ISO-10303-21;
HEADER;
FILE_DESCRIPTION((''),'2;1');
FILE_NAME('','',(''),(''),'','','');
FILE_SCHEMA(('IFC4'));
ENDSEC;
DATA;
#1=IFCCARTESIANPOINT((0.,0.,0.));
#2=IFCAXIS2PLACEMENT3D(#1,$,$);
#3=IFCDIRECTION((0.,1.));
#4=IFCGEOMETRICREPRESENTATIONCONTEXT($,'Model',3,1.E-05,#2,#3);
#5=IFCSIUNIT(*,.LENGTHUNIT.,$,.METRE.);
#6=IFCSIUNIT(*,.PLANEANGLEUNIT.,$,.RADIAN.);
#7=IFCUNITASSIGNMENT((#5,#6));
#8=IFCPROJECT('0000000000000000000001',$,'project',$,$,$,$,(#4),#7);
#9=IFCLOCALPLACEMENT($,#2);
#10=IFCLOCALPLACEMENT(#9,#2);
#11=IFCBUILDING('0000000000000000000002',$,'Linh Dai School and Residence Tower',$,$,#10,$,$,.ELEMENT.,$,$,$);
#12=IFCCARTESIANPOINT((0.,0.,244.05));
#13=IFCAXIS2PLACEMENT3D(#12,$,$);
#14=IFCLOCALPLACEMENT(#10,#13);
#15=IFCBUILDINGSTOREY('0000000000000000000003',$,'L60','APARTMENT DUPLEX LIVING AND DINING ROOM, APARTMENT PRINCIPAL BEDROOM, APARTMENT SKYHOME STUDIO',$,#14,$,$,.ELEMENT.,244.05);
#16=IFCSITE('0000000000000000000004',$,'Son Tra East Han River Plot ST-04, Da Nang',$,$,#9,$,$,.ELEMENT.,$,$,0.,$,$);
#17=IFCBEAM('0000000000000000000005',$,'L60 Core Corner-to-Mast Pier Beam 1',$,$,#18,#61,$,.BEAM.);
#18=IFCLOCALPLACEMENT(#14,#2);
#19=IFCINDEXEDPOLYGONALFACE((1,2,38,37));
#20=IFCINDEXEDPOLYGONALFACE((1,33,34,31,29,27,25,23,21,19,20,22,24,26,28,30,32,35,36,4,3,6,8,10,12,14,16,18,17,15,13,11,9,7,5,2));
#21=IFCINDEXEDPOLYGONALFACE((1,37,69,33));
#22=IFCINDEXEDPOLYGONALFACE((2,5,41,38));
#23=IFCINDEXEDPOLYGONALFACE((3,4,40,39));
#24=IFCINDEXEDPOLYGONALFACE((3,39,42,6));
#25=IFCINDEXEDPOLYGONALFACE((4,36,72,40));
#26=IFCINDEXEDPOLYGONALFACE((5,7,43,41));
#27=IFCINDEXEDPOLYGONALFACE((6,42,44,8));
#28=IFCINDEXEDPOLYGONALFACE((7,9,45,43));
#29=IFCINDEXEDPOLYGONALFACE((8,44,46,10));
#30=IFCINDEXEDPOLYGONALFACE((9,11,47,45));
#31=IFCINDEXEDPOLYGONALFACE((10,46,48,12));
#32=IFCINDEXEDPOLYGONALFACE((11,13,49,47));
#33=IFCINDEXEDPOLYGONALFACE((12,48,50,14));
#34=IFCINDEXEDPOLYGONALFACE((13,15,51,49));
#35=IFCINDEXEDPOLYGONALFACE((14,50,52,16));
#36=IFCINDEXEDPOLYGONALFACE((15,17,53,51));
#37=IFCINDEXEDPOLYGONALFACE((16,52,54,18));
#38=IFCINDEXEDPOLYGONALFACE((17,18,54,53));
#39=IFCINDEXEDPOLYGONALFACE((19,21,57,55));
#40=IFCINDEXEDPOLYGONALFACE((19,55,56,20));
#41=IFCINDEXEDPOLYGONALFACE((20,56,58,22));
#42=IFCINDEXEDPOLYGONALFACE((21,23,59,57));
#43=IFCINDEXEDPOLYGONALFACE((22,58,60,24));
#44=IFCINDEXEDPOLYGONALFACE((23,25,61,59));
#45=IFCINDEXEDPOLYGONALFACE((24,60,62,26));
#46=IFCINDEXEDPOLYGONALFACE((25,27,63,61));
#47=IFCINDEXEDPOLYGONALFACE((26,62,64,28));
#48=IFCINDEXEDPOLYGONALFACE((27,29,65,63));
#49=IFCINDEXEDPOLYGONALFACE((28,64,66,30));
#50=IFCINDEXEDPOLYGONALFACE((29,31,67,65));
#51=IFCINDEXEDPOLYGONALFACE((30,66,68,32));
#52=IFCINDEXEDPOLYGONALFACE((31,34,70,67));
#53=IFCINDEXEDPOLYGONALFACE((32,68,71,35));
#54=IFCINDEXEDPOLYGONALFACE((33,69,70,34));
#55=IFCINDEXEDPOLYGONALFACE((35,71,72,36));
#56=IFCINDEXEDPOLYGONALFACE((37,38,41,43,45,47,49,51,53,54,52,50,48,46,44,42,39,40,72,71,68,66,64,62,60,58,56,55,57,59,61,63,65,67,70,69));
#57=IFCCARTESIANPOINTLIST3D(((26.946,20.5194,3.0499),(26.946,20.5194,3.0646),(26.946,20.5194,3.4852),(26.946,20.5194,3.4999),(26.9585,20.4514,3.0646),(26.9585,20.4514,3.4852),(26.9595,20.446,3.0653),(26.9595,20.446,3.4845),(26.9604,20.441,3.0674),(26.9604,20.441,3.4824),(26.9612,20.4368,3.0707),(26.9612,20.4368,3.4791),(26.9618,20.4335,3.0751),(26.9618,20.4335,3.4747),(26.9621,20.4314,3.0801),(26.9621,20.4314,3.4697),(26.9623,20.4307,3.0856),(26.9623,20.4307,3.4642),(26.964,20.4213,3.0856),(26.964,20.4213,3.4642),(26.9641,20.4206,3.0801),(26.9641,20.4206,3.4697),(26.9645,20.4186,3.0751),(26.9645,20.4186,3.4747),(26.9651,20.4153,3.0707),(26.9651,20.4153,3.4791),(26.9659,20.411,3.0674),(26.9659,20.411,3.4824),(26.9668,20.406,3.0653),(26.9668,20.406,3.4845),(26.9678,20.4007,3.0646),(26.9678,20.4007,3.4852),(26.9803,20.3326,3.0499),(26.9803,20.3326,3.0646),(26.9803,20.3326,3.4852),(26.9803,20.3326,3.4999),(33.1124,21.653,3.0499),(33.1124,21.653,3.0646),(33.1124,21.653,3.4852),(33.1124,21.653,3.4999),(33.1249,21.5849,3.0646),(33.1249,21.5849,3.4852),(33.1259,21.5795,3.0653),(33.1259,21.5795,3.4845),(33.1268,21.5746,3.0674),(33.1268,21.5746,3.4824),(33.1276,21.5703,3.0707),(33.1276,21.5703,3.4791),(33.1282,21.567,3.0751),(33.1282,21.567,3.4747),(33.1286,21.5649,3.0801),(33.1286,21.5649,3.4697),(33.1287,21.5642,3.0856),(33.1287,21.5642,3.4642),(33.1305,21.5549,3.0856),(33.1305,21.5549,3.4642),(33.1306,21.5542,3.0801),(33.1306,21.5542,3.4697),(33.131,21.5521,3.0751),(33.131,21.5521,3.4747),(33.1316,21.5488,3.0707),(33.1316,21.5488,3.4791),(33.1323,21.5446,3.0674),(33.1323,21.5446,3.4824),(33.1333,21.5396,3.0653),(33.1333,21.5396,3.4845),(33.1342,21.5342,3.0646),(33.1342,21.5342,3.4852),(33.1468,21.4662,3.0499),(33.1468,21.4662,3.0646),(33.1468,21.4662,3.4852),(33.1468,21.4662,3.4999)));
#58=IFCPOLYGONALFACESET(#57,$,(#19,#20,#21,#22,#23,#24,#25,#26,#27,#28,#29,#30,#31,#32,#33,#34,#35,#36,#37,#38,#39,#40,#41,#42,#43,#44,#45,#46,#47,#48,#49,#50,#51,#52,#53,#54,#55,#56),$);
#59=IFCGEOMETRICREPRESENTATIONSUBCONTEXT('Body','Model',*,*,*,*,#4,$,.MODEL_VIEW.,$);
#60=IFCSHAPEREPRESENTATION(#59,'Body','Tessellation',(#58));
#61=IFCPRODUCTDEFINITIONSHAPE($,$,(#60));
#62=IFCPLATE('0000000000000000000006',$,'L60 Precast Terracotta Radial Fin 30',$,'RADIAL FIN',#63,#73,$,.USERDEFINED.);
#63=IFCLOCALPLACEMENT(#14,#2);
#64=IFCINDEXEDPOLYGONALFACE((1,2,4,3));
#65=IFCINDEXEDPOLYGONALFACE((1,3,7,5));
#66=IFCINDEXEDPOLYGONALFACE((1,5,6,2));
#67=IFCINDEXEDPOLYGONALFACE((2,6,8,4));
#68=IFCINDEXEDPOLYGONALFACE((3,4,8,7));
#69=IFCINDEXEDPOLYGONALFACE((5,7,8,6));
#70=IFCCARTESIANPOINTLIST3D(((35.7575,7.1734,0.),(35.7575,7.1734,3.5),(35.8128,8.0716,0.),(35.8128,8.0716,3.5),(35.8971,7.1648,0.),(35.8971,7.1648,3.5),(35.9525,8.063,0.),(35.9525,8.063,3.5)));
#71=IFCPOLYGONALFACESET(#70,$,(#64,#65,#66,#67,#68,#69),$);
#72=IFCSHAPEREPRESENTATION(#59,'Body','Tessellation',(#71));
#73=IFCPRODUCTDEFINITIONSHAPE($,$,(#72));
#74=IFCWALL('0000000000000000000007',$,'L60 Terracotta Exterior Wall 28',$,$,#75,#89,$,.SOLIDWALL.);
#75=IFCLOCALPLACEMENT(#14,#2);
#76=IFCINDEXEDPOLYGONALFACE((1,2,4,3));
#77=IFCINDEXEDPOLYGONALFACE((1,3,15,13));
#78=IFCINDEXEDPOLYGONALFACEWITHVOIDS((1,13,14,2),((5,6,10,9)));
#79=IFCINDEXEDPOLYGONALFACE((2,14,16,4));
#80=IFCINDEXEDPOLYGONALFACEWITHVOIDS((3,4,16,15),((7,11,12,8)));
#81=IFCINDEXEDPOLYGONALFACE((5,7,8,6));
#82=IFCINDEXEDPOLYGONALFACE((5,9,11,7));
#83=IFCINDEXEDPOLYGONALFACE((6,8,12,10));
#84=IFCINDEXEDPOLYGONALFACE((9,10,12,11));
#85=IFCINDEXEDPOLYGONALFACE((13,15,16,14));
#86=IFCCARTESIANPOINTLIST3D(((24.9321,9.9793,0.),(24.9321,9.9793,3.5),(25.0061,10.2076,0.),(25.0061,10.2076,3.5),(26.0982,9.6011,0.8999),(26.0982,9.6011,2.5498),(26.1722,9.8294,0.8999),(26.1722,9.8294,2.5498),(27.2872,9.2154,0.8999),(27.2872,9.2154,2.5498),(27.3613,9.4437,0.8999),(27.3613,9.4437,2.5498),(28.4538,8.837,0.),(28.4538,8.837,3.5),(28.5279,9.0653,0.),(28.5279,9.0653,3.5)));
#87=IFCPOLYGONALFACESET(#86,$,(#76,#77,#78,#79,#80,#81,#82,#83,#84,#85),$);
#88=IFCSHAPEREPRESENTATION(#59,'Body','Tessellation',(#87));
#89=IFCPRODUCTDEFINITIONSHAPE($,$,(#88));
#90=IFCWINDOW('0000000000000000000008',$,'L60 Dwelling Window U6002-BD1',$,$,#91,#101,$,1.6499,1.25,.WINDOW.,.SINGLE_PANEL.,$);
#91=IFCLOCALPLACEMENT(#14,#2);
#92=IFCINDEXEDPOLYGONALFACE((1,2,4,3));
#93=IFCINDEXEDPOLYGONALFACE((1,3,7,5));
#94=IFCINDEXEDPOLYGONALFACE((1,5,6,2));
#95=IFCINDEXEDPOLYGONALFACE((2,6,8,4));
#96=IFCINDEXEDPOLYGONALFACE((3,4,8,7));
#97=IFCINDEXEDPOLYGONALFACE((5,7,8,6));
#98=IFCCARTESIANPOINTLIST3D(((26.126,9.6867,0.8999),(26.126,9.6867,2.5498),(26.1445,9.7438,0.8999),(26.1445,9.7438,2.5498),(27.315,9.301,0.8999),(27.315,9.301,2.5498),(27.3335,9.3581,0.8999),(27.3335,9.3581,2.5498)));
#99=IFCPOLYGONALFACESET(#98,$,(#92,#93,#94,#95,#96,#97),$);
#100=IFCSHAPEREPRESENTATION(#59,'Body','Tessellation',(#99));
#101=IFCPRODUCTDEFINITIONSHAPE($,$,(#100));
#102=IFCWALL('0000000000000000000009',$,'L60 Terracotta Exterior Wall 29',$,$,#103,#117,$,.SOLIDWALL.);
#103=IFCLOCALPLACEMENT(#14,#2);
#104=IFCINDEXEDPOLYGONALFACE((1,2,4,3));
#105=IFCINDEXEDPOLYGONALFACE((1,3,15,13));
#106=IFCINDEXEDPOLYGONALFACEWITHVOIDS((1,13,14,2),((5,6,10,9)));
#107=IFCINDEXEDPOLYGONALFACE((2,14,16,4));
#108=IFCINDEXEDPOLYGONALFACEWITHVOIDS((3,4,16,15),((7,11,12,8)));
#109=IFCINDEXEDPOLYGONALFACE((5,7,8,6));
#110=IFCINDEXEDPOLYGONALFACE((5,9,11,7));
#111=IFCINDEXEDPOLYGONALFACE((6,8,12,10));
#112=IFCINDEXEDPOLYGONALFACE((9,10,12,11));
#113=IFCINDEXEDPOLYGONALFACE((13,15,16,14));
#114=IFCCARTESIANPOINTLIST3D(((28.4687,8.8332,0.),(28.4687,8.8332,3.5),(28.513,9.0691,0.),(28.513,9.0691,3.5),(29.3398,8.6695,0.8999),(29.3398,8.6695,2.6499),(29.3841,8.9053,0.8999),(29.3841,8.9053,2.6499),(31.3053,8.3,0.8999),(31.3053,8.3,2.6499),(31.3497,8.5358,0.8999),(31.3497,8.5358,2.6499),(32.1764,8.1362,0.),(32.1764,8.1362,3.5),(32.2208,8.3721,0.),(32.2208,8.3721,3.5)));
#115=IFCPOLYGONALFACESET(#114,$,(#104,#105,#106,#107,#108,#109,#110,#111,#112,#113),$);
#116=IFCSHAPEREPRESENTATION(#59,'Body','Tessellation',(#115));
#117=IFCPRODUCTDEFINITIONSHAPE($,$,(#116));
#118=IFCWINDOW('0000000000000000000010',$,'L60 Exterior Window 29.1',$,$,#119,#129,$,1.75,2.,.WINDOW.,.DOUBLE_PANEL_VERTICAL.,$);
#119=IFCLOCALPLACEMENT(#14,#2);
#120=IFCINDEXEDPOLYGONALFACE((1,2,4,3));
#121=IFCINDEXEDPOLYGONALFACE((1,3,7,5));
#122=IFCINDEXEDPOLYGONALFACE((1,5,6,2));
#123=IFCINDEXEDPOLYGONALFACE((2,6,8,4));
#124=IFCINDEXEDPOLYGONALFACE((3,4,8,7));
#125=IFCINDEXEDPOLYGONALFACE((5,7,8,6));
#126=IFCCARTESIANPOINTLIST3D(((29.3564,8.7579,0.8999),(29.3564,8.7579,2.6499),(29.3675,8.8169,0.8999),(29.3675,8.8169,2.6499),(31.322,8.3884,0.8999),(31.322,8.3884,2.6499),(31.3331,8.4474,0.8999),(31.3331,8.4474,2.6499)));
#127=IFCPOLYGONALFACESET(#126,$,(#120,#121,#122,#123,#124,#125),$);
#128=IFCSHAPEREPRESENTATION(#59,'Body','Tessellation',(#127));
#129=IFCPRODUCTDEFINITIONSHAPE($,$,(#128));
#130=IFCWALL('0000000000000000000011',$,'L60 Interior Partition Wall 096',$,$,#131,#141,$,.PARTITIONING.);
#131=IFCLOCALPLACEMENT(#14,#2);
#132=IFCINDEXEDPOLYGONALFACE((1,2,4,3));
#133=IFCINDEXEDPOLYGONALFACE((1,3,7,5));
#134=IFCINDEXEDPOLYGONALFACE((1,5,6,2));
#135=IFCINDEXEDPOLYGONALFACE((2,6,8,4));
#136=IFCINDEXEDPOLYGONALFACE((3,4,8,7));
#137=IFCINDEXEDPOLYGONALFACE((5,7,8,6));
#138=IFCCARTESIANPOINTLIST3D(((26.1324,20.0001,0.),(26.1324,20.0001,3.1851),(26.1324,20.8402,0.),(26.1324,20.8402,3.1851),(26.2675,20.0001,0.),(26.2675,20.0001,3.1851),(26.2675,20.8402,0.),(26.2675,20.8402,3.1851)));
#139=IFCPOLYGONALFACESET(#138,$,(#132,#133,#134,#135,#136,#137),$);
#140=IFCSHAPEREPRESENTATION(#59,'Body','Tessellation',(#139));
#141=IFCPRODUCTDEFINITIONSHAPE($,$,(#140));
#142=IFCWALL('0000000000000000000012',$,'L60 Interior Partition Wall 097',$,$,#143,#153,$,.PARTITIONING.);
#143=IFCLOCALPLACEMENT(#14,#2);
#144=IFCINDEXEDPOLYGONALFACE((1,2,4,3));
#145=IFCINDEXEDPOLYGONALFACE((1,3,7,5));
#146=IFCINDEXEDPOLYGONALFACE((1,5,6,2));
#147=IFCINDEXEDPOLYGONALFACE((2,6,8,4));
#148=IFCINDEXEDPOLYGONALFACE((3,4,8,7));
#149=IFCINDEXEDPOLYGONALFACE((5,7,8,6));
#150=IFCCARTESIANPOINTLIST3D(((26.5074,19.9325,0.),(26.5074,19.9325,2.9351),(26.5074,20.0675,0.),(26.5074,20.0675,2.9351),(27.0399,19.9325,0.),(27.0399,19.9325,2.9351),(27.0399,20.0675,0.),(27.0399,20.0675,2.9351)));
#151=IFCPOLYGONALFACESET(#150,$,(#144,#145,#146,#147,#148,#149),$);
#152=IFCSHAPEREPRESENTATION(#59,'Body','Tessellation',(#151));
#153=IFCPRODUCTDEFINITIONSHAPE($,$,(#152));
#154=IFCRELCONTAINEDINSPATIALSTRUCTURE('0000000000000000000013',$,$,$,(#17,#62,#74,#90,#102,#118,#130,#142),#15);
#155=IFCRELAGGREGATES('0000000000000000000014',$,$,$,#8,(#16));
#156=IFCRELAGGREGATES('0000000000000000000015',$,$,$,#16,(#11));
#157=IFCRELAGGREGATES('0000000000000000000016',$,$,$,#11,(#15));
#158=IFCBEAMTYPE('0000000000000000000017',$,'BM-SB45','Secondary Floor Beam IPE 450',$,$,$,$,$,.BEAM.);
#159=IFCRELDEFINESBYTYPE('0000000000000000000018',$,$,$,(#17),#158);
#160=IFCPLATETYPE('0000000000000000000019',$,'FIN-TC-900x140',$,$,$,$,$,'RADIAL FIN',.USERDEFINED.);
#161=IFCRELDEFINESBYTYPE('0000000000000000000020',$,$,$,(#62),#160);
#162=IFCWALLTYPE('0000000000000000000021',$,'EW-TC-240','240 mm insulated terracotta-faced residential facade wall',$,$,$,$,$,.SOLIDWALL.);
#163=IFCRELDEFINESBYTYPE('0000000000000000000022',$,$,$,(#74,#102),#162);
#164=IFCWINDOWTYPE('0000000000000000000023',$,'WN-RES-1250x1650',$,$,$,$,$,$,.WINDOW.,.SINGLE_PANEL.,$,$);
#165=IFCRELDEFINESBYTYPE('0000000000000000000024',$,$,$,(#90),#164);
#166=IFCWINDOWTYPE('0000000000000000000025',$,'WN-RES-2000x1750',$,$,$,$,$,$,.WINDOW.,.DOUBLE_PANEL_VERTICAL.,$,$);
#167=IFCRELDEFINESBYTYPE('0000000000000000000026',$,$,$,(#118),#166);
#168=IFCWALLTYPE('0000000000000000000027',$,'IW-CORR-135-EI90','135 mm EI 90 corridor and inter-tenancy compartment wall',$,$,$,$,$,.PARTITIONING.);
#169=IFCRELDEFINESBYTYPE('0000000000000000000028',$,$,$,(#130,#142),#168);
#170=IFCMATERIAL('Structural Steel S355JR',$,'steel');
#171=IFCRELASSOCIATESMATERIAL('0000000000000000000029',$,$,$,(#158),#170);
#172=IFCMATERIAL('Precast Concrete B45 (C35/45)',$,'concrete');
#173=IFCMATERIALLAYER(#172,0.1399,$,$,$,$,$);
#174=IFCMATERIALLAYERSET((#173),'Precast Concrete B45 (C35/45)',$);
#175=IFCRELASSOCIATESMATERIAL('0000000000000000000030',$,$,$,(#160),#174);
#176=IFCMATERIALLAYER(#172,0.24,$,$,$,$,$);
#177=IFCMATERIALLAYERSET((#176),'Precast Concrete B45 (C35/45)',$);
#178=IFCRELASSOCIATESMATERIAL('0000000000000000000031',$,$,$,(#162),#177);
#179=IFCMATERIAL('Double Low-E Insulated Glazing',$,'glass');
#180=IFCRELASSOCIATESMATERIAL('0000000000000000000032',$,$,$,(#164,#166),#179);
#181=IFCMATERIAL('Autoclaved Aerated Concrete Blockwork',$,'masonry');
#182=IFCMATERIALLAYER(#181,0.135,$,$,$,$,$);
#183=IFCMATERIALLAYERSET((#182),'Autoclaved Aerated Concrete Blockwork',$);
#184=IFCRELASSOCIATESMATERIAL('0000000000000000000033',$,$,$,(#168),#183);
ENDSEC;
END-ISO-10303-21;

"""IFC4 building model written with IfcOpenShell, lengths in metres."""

from ifc_helpers import new_model, si_unit, direction, frame, frame_2d, origin, origin_2d, place, context, subcontext, project, spatial, rectangle, i_section, extrude, source, transform, mapped, material, layer, layer_set, material_profile, profile_set, type_object, element, fill, save


model = new_model("IFC4")

# Units and contexts
model_context = context("Model", 3, precision=1e-05, world=origin(), true_north=direction((0.0, 1.0)))
body_context = subcontext(model_context, "Body", "Model", "MODEL_VIEW")
ifc_project = project(units=[si_unit("LENGTHUNIT", "METRE"), si_unit("PLANEANGLEUNIT", "RADIAN")], contexts=[model_context])

# Site, building, storey
site_placement = place(None, origin())
site = spatial("IfcSite", under=ifc_project, at=site_placement, Name="Son Tra East Han River Plot ST-04, Da Nang", CompositionType="ELEMENT", RefElevation=0.0)
building_placement = place(site_placement, origin())
building = spatial("IfcBuilding", under=site, at=building_placement, Name="Linh Dai School and Residence Tower", CompositionType="ELEMENT")
storey_placement = place(building_placement, frame((0.0, 0.0, 244.05)))
storey = spatial("IfcBuildingStorey", under=building, at=storey_placement, Name="L60", Description="APARTMENT DUPLEX LIVING AND DINING ROOM, APARTMENT PRINCIPAL BEDROOM, APARTMENT SKYHOME STUDIO", CompositionType="ELEMENT", Elevation=244.05)

# Beam
ifc_material_1 = material(Name="Structural Steel S355JR", Category="steel")
ifc_material_profile_1 = material_profile(ifc_material_1, i_section(OverallWidth=0.1899, OverallDepth=0.45, WebThickness=0.0095, FlangeThickness=0.0146, FilletRadius=0.021, at=origin_2d()), Name="IPE 450")
ifc_profile_set_1 = profile_set([ifc_material_profile_1], Name="Structural Steel S355JR")
beam_type_1 = type_object("IfcBeamType", Name="BM-SB45", Description="Secondary Floor Beam IPE 450", PredefinedType="BEAM", material=ifc_profile_set_1)
beam_1_placement = place(storey_placement, frame((26.9631, 20.426, 3.2749), z_axis=(0.983521, 0.180794, 0.0), x_axis=(-0.180794, 0.983521, 0.0)))
element("IfcBeam", 1, at=beam_1_placement, inside=storey, type_object=beam_type_1, Name="L60 Core Corner-to-Mast Pier Beam 1", PredefinedType="BEAM", context=body_context, shape_type="SweptSolid", body=[
    extrude(i_section(OverallWidth=0.1899, OverallDepth=0.45, WebThickness=0.0095, FlangeThickness=0.0146, FilletRadius=0.021, at=origin_2d()), origin(), (0.0, 0.0, 1.0), 6.2698),
])

# Plate
ifc_material_2 = material(Name="Precast Concrete B45 (C35/45)", Category="concrete")
ifc_layer_1 = layer(ifc_material_2, 0.1399)
ifc_layer_set_1 = layer_set([ifc_layer_1], Name="Precast Concrete B45 (C35/45)")
plate_type = type_object("IfcPlateType", Name="FIN-TC-900x140", ElementType="RADIAL FIN", PredefinedType="USERDEFINED", material=ifc_layer_set_1)
shared_shape_1 = source(origin(), body_context, "Body", "SweptSolid", [
    extrude(rectangle(XDim=0.8999, YDim=0.1399, at=origin_2d()), origin(), (0.0, 0.0, 1.0), 3.5),
])
plate_placement = place(storey_placement, frame((35.855, 7.6182, 0.0), z_axis=(0.0, 0.0, 1.0), x_axis=(-0.061504, -0.998107, 0.0)))
element("IfcPlate", 2, at=plate_placement, inside=storey, type_object=plate_type, Name="L60 Precast Terracotta Radial Fin 30", ObjectType="RADIAL FIN", PredefinedType="USERDEFINED", context=body_context, shape_type="MappedRepresentation", body=[
    mapped(shared_shape_1, transform((0.0, 0.0, 0.0), x_axis=(1.0, 0.0, 0.0), y_axis=(0.0, 1.0, 0.0), z_axis=(0.0, 0.0, 1.0), scale=1.0)),
])

# Walls, openings, windows
ifc_layer_2 = layer(ifc_material_2, 0.24)
ifc_layer_set_2 = layer_set([ifc_layer_2], Name="Precast Concrete B45 (C35/45)")
wall_type_1 = type_object("IfcWallType", Name="EW-TC-240", Description="240 mm insulated terracotta-faced residential facade wall", PredefinedType="SOLIDWALL", material=ifc_layer_set_2)
wall_1_placement = place(storey_placement, frame((28.4907, 8.9512, 0.0), z_axis=(0.0, 0.0, 1.0), x_axis=(-0.951211, 0.308542, 0.0)))
wall_1 = element("IfcWall", 3, at=wall_1_placement, inside=storey, type_object=wall_type_1, Name="L60 Terracotta Exterior Wall 28", PredefinedType="SOLIDWALL", context=body_context, shape_type="SweptSolid", body=[
    extrude(rectangle(XDim=3.7024, YDim=0.24, at=frame_2d((1.8511, 0.0))), origin(), (0.0, 0.0, 1.0), 3.5),
])
opening_1_placement = place(wall_1_placement, frame((1.2263, 0.0, 0.8999)))
opening_1 = element("IfcOpeningElement", 4, at=opening_1_placement, cuts=wall_1, PredefinedType="OPENING", context=body_context, shape_type="SweptSolid", body=[
    extrude(rectangle(XDim=1.25, YDim=1.6499, at=origin_2d()), frame((0.625, 0.1299, 0.825), z_axis=(0.0, -1.0, 0.0), x_axis=(1.0, 0.0, 0.0)), (0.0, 0.0, 1.0), 0.26),
])
ifc_material_3 = material(Name="Double Low-E Insulated Glazing", Category="glass")
window_type_1 = type_object("IfcWindowType", Name="WN-RES-1250x1650", PartitioningType="SINGLE_PANEL", PredefinedType="WINDOW", material=ifc_material_3)
shared_shape_2 = source(origin(), body_context, "Body", "SweptSolid", [
    extrude(rectangle(XDim=1.25, YDim=1.6499, at=origin_2d()), frame((0.625, 0.03, 0.825), z_axis=(0.0, -1.0, 0.0), x_axis=(1.0, 0.0, 0.0)), (0.0, 0.0, 1.0), 0.0601),
])
window_1_placement = place(opening_1_placement, origin())
window_1 = element("IfcWindow", 5, at=window_1_placement, inside=storey, type_object=window_type_1, Name="L60 Dwelling Window U6002-BD1", OverallHeight=1.6499, OverallWidth=1.25, PartitioningType="SINGLE_PANEL", PredefinedType="WINDOW", context=body_context, shape_type="MappedRepresentation", body=[
    mapped(shared_shape_2, transform((0.0, 0.0, 0.0), x_axis=(1.0, 0.0, 0.0), y_axis=(0.0, 1.0, 0.0), z_axis=(0.0, 0.0, 1.0), scale=1.0)),
])
fill(opening_1, window_1)
wall_2_placement = place(storey_placement, frame((32.1985, 8.2542, 0.0), z_axis=(0.0, 0.0, 1.0), x_axis=(-0.982785, 0.184753, 0.0)))
wall_2 = element("IfcWall", 6, at=wall_2_placement, inside=storey, type_object=wall_type_1, Name="L60 Terracotta Exterior Wall 29", PredefinedType="SOLIDWALL", context=body_context, shape_type="SweptSolid", body=[
    extrude(rectangle(XDim=3.7727, YDim=0.24, at=frame_2d((1.8862, 0.0))), origin(), (0.0, 0.0, 1.0), 3.5),
])
opening_2_placement = place(wall_2_placement, frame((0.8862, 0.0, 0.8999)))
opening_2 = element("IfcOpeningElement", 7, at=opening_2_placement, cuts=wall_2, PredefinedType="OPENING", context=body_context, shape_type="SweptSolid", body=[
    extrude(rectangle(XDim=2.0, YDim=1.75, at=origin_2d()), frame((1.0, 0.1299, 0.875), z_axis=(0.0, -1.0, 0.0), x_axis=(1.0, 0.0, 0.0)), (0.0, 0.0, 1.0), 0.26),
])
window_type_2 = type_object("IfcWindowType", Name="WN-RES-2000x1750", PartitioningType="DOUBLE_PANEL_VERTICAL", PredefinedType="WINDOW", material=ifc_material_3)
shared_shape_3 = source(origin(), body_context, "Body", "SweptSolid", [
    extrude(rectangle(XDim=2.0, YDim=1.75, at=origin_2d()), frame((1.0, 0.03, 0.875), z_axis=(0.0, -1.0, 0.0), x_axis=(1.0, 0.0, 0.0)), (0.0, 0.0, 1.0), 0.0601),
])
window_2_placement = place(opening_2_placement, origin())
window_2 = element("IfcWindow", 8, at=window_2_placement, inside=storey, type_object=window_type_2, Name="L60 Exterior Window 29.1", OverallHeight=1.75, OverallWidth=2.0, PartitioningType="DOUBLE_PANEL_VERTICAL", PredefinedType="WINDOW", context=body_context, shape_type="MappedRepresentation", body=[
    mapped(shared_shape_3, transform((0.0, 0.0, 0.0), x_axis=(1.0, 0.0, 0.0), y_axis=(0.0, 1.0, 0.0), z_axis=(0.0, 0.0, 1.0), scale=1.0)),
])
fill(opening_2, window_2)

# Shared definitions
ifc_material_4 = material(Name="Autoclaved Aerated Concrete Blockwork", Category="masonry")
ifc_layer_3 = layer(ifc_material_4, 0.135)
ifc_layer_set_3 = layer_set([ifc_layer_3], Name="Autoclaved Aerated Concrete Blockwork")
wall_type_2 = type_object("IfcWallType", Name="IW-CORR-135-EI90", Description="135 mm EI 90 corridor and inter-tenancy compartment wall", PredefinedType="PARTITIONING", material=ifc_layer_set_3)

# Walls
wall_3_placement = place(storey_placement, frame((26.2, 20.8401, 0.0), z_axis=(0.0, 0.0, 1.0), x_axis=(0.0, -1.0, 0.0)))
element("IfcWall", 9, at=wall_3_placement, inside=storey, type_object=wall_type_2, Name="L60 Interior Partition Wall 096", PredefinedType="PARTITIONING", context=body_context, shape_type="SweptSolid", body=[
    extrude(rectangle(XDim=0.8401, YDim=0.135, at=frame_2d((0.4199, 0.0))), origin(), (0.0, 0.0, 1.0), 3.1851),
])
wall_4_placement = place(storey_placement, frame((26.5076, 20.0, 0.0), z_axis=(0.0, 0.0, 1.0), x_axis=(1.0, 0.0, 0.0)))
element("IfcWall", 10, at=wall_4_placement, inside=storey, type_object=wall_type_2, Name="L60 Interior Partition Wall 097", PredefinedType="PARTITIONING", context=body_context, shape_type="SweptSolid", body=[
    extrude(rectangle(XDim=0.5325, YDim=0.135, at=frame_2d((0.2661, 0.0))), origin(), (0.0, 0.0, 1.0), 2.9351),
])

save(model, "model.ifc")
